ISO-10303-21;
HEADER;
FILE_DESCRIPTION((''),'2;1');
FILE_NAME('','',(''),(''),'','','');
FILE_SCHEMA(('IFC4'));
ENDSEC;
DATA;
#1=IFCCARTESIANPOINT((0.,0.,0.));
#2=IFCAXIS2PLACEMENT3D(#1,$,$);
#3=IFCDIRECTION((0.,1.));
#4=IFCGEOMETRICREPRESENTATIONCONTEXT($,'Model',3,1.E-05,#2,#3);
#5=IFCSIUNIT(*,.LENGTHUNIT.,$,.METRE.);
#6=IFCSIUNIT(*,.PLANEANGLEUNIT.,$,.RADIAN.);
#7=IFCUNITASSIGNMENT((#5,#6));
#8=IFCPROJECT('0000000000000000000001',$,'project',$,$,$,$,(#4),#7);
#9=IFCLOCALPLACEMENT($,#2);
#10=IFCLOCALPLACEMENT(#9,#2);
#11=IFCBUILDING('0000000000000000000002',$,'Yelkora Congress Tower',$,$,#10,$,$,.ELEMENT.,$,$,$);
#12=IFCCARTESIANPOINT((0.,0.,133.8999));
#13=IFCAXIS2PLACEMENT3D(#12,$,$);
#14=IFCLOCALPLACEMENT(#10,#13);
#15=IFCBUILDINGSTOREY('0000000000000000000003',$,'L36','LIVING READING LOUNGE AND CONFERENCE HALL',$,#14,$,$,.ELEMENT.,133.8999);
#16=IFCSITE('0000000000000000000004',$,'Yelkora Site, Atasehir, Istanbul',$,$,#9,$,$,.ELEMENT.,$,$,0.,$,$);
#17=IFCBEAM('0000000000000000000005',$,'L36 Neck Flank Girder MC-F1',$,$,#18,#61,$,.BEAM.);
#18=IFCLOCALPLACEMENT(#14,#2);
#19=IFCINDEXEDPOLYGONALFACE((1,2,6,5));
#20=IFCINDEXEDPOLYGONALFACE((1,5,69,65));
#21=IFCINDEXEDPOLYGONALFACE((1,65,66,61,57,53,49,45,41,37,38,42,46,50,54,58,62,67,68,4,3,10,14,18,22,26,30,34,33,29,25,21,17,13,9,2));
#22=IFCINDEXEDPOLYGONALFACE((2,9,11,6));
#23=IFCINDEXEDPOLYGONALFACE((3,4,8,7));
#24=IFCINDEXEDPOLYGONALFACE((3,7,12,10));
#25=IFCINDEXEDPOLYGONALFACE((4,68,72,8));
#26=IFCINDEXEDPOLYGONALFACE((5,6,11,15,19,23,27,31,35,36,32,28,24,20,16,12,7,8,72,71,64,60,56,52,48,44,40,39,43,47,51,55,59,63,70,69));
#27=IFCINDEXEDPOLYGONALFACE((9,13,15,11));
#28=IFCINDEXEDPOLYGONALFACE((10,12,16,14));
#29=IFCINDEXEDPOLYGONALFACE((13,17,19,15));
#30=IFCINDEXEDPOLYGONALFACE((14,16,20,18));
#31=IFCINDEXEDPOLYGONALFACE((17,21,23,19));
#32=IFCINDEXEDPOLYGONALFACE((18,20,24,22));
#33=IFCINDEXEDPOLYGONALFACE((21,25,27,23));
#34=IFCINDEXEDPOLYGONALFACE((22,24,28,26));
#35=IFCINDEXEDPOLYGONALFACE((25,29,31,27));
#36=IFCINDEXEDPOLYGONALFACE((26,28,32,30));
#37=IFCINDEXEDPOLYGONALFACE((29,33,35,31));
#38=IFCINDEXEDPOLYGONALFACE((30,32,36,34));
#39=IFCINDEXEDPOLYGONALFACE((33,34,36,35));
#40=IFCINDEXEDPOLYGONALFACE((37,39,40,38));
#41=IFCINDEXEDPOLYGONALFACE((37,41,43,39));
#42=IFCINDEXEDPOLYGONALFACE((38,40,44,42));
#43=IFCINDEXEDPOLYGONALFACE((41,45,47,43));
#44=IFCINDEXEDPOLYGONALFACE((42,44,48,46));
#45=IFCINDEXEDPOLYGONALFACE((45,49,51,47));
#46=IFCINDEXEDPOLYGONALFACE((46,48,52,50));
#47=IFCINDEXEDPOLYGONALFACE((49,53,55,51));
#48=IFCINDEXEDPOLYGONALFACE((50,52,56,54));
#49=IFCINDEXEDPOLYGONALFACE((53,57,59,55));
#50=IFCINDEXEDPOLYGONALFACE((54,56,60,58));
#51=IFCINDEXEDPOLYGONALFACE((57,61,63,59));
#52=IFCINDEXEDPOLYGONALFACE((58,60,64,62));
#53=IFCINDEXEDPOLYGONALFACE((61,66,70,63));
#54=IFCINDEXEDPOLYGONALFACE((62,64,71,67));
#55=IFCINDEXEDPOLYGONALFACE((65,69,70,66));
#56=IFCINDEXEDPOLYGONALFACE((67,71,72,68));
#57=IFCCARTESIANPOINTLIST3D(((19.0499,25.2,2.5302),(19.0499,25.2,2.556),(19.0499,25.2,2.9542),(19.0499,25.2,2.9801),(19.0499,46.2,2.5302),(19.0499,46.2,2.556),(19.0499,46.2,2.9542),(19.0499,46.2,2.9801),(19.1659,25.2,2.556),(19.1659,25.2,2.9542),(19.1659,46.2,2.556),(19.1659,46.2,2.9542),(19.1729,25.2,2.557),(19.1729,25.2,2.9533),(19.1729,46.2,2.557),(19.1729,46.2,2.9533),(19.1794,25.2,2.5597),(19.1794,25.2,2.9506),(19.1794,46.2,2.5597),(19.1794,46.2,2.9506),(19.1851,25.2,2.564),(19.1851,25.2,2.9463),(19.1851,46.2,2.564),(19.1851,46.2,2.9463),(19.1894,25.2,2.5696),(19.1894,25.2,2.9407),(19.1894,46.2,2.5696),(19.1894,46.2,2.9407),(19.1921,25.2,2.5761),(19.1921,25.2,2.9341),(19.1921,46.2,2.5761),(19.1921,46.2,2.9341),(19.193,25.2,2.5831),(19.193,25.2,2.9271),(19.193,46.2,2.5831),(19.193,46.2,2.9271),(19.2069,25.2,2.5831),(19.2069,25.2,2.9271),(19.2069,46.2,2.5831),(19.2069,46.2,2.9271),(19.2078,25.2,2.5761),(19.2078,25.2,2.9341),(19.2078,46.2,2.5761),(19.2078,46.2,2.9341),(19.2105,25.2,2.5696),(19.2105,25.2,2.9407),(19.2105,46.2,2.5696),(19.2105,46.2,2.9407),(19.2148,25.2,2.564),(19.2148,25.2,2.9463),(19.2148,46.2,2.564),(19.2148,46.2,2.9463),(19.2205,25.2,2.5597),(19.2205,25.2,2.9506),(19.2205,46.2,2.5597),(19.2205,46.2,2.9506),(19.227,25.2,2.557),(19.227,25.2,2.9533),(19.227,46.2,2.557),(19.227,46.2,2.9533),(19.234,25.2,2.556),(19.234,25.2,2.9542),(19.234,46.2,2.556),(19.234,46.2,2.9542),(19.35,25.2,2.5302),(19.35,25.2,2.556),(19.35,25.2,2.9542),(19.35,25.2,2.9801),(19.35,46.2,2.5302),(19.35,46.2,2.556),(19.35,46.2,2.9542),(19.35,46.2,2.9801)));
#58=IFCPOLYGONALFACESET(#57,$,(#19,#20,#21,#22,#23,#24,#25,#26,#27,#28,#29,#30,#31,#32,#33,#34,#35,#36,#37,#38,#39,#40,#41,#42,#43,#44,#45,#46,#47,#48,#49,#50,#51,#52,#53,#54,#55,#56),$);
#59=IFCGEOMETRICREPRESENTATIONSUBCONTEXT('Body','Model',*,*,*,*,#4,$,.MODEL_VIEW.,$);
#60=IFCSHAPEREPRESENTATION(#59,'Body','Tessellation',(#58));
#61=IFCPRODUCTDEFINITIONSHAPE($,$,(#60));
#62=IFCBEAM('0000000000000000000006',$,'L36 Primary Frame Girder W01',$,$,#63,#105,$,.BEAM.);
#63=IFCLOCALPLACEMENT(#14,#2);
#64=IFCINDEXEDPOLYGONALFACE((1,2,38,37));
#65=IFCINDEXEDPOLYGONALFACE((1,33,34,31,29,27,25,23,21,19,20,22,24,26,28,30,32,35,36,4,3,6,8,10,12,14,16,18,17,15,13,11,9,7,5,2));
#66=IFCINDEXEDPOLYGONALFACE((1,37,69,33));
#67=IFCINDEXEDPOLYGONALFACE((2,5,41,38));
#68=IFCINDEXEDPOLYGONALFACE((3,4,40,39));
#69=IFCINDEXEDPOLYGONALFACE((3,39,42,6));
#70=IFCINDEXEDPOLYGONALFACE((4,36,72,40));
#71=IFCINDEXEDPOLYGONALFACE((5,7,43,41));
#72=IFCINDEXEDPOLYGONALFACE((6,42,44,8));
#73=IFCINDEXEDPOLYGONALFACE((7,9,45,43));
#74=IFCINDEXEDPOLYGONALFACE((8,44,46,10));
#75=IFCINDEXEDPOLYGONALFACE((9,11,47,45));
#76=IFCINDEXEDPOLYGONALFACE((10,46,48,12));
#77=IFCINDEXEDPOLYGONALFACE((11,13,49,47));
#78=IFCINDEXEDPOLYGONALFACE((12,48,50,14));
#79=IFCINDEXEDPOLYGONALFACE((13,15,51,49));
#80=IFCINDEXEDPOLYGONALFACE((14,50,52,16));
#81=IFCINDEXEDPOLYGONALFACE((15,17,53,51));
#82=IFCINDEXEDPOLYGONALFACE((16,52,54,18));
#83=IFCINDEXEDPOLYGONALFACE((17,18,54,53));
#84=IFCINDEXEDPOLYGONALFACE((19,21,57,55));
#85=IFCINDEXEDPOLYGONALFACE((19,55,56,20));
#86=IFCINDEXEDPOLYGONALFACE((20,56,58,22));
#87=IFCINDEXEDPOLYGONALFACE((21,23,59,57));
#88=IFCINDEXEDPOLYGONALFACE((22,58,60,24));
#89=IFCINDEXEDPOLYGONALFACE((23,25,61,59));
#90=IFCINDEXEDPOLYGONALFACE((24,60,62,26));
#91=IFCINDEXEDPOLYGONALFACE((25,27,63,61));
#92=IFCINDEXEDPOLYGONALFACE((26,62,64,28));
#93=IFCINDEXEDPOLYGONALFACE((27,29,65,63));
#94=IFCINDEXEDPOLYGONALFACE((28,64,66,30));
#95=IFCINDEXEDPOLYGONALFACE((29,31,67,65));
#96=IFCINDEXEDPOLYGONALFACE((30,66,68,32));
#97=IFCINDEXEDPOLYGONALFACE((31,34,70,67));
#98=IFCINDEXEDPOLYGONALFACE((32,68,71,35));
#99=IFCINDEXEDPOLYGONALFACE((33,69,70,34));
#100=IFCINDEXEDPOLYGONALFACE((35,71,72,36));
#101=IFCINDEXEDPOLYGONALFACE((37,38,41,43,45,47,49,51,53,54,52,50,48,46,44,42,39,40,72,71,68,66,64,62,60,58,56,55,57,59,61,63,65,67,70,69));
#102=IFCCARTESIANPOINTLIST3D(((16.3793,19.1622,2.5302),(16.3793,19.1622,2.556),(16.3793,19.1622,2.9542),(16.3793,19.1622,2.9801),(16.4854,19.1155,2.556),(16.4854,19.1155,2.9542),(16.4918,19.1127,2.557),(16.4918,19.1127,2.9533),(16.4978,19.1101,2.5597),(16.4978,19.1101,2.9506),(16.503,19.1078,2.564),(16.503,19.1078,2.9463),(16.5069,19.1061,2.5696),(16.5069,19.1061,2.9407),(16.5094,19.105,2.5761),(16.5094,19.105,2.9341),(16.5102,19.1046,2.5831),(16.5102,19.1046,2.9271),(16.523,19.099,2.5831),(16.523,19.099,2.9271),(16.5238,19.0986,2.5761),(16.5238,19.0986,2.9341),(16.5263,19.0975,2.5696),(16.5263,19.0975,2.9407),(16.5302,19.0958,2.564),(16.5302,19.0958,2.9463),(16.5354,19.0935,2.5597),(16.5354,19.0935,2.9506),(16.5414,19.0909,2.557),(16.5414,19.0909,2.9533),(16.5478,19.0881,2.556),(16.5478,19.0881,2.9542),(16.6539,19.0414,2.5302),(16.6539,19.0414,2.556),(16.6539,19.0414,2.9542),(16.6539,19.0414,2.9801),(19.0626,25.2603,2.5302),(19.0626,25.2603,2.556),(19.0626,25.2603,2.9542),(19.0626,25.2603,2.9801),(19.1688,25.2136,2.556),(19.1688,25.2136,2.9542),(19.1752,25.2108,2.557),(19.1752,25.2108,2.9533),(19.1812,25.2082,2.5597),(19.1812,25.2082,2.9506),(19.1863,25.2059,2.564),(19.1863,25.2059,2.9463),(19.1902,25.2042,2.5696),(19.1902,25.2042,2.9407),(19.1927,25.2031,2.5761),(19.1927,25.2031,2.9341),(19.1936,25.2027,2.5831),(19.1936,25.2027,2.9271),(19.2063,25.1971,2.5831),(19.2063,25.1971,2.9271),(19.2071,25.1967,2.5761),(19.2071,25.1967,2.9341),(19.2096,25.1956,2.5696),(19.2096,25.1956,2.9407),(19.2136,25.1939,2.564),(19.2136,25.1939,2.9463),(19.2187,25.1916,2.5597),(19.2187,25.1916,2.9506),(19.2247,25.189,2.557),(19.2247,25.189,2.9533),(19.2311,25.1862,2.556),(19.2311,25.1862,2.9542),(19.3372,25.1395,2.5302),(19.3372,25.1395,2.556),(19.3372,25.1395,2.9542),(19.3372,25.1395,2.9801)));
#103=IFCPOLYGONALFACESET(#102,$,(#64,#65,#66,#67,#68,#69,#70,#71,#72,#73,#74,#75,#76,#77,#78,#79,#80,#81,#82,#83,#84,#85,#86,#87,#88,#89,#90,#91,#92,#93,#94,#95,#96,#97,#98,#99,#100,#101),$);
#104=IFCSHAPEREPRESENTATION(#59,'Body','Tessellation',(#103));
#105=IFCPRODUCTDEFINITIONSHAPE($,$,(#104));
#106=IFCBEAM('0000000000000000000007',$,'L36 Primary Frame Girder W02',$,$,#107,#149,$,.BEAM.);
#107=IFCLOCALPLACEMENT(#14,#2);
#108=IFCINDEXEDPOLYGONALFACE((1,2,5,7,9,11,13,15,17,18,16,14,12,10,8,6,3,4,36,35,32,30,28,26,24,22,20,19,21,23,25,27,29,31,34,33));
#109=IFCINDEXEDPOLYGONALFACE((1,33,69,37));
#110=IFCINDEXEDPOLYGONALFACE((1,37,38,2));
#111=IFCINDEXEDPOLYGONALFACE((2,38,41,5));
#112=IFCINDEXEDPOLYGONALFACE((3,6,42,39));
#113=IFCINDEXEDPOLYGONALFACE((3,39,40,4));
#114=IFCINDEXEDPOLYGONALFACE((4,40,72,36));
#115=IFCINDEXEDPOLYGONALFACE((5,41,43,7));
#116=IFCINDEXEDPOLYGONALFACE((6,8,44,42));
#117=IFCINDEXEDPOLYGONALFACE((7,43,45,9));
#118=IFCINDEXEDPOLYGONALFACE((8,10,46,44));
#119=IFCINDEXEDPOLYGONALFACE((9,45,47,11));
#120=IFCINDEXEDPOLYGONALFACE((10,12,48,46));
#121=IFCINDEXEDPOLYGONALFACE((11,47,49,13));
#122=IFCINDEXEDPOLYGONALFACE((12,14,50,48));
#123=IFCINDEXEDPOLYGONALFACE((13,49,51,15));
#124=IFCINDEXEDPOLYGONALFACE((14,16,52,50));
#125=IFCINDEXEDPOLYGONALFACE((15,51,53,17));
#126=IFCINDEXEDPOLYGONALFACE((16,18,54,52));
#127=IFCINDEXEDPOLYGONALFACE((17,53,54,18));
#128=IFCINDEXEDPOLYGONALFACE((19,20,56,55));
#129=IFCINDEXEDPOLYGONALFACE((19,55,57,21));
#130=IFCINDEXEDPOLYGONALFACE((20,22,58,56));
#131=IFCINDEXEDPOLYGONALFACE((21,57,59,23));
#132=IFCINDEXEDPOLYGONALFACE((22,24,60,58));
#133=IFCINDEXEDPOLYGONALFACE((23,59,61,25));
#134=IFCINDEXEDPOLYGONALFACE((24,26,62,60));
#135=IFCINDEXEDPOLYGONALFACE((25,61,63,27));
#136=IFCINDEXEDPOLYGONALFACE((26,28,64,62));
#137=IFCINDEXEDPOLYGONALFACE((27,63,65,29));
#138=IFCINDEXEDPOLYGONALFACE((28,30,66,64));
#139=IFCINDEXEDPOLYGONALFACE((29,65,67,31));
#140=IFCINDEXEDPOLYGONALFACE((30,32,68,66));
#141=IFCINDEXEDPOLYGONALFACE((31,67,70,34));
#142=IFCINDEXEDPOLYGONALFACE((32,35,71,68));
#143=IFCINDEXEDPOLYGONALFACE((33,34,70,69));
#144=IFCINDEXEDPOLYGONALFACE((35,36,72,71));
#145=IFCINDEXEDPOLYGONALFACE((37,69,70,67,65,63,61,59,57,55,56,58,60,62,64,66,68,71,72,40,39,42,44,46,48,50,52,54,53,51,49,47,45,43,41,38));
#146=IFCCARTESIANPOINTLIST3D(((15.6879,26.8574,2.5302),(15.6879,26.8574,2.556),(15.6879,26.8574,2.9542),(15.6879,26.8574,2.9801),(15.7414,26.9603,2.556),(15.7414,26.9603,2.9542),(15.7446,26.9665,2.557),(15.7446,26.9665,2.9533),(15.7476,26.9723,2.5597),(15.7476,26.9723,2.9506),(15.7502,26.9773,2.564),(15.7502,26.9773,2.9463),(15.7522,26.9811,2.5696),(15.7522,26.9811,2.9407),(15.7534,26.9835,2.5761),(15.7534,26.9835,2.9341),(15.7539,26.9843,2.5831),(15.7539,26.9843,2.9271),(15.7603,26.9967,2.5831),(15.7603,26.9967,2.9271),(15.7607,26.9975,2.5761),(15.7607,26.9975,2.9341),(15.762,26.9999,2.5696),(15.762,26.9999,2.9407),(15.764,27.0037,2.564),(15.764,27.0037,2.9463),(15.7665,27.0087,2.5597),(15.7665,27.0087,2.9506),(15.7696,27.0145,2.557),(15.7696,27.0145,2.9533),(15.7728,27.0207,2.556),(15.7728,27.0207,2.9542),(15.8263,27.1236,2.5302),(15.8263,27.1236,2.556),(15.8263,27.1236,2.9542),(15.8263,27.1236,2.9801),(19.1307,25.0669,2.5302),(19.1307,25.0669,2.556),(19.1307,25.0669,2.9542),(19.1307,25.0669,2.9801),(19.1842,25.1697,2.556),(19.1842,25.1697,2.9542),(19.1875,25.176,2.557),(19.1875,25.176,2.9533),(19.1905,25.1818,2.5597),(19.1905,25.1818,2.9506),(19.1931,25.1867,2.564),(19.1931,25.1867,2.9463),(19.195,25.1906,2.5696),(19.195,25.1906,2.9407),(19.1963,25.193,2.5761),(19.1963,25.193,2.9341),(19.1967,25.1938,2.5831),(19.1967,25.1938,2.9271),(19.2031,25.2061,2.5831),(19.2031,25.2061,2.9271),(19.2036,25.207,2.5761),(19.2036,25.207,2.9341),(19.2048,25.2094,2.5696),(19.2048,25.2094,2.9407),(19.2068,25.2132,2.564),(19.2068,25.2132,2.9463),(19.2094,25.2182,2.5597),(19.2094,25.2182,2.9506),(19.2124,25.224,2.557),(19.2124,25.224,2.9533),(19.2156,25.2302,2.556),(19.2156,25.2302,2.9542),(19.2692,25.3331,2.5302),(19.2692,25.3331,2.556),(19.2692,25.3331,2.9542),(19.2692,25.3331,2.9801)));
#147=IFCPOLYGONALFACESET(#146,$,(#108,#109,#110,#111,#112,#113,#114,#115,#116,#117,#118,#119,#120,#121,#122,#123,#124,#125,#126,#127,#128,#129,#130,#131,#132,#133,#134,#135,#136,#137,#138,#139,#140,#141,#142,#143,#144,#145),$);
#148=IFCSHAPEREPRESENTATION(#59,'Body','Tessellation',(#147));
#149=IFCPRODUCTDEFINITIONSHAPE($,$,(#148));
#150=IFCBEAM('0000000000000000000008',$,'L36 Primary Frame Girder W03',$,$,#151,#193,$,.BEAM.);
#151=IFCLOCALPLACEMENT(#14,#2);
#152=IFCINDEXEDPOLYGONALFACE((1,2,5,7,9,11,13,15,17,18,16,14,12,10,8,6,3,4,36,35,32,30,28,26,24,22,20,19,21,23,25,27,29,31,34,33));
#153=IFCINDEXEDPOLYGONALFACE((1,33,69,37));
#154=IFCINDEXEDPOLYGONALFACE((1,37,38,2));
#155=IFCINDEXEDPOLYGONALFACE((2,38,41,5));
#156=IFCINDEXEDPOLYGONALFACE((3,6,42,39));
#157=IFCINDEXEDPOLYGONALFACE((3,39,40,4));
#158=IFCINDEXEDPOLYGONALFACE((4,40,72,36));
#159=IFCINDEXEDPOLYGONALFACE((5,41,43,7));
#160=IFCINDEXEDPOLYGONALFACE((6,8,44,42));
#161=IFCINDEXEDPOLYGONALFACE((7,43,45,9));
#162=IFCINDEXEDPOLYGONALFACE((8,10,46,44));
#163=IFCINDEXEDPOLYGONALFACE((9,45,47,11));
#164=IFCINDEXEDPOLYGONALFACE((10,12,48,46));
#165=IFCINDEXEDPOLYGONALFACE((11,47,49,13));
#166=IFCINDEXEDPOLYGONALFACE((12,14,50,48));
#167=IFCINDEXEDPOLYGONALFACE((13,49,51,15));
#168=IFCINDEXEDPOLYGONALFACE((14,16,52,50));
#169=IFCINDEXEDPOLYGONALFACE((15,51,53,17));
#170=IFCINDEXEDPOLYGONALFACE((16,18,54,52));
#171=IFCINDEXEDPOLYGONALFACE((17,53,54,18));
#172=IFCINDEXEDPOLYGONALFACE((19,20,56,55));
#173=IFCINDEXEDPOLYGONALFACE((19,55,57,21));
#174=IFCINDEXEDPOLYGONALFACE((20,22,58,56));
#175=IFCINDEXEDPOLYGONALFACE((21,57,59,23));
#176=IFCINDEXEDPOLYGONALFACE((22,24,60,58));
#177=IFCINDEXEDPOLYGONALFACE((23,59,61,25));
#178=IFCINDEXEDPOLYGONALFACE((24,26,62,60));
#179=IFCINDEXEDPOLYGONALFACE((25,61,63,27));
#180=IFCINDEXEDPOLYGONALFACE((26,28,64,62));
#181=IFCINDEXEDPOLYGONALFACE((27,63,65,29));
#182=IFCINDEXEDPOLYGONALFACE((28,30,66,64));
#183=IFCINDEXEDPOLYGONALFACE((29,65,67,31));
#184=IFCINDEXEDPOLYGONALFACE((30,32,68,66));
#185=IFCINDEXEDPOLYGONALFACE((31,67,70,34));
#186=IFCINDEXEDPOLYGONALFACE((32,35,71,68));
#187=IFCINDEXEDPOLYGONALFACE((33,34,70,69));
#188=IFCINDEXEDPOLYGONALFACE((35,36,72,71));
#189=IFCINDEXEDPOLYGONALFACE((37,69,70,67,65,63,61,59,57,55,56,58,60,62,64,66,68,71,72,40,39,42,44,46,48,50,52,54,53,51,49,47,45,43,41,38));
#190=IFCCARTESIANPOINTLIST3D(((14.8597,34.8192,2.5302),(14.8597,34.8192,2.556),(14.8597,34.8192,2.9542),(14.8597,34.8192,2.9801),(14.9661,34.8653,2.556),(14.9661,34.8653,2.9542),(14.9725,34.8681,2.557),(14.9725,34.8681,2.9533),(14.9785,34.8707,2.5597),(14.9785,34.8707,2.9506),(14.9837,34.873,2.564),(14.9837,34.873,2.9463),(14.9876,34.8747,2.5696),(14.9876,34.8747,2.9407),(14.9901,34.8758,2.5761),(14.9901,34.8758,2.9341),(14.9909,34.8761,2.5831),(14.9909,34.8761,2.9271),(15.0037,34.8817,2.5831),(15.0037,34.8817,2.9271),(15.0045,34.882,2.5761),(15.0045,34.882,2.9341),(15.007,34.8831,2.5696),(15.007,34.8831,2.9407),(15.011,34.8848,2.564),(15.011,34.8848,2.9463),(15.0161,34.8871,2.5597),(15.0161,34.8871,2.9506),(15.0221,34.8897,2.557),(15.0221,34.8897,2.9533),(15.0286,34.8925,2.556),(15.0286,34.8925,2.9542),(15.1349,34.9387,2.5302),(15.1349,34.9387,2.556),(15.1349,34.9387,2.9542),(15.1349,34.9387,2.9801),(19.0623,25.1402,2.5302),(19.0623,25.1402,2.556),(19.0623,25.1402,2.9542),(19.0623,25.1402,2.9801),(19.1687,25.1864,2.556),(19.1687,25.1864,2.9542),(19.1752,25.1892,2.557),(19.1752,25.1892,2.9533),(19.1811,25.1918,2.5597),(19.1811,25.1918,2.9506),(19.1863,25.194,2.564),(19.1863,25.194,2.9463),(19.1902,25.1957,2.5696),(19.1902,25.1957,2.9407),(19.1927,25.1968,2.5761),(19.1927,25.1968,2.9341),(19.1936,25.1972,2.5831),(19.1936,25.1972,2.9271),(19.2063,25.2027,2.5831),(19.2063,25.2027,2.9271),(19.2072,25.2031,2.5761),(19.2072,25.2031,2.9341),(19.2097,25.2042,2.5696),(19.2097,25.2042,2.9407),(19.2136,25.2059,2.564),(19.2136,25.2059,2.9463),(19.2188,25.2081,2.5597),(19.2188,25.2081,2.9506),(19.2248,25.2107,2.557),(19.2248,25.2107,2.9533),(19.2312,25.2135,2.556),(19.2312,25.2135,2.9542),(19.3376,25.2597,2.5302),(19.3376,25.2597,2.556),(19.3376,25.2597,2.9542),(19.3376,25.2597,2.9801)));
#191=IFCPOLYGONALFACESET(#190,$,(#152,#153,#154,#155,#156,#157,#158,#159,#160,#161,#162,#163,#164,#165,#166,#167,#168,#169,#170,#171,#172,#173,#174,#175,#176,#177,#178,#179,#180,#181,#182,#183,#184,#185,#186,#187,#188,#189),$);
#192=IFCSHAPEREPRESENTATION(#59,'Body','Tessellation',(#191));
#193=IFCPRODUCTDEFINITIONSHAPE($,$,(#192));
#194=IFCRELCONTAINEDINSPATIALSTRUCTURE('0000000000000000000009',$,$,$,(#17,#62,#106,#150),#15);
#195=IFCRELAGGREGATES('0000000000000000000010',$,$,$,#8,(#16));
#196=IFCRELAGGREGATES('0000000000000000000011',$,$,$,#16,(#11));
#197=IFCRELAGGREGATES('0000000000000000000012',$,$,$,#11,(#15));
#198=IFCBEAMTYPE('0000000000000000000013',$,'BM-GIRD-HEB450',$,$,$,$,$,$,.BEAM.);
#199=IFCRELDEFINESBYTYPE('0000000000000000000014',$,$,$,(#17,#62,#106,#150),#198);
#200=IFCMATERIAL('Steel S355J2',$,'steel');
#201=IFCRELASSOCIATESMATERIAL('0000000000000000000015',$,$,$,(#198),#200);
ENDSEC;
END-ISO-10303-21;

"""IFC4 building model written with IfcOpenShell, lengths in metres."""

from ifc_helpers import new_model, si_unit, direction, frame, origin, origin_2d, place, context, subcontext, project, spatial, i_section, extrude, material, material_profile, profile_set, type_object, element, save


model = new_model("IFC4")

# Units and contexts
model_context = context("Model", 3, precision=1e-05, world=origin(), true_north=direction((0.0, 1.0)))
body_context = subcontext(model_context, "Body", "Model", "MODEL_VIEW")
ifc_project = project(units=[si_unit("LENGTHUNIT", "METRE"), si_unit("PLANEANGLEUNIT", "RADIAN")], contexts=[model_context])

# Site, building, storey
site_placement = place(None, origin())
site = spatial("IfcSite", under=ifc_project, at=site_placement, Name="Yelkora Site, Atasehir, Istanbul", CompositionType="ELEMENT", RefElevation=0.0)
building_placement = place(site_placement, origin())
building = spatial("IfcBuilding", under=site, at=building_placement, Name="Yelkora Congress Tower", CompositionType="ELEMENT")
storey_placement = place(building_placement, frame((0.0, 0.0, 133.8999)))
storey = spatial("IfcBuildingStorey", under=building, at=storey_placement, Name="L36", Description="LIVING READING LOUNGE AND CONFERENCE HALL", CompositionType="ELEMENT", Elevation=133.8999)

# Beams
ifc_material_1 = material(Name="Steel S355J2", Category="steel")
ifc_material_profile_1 = material_profile(ifc_material_1, i_section(OverallWidth=0.3, OverallDepth=0.45, WebThickness=0.0139, FlangeThickness=0.0259, FilletRadius=0.0271, at=origin_2d()), Name="HEB 450")
ifc_profile_set_1 = profile_set([ifc_material_profile_1], Name="Steel S355J2")
beam_type_1 = type_object("IfcBeamType", Name="BM-GIRD-HEB450", PredefinedType="BEAM", material=ifc_profile_set_1)
beam_1_placement = place(storey_placement, frame((19.2, 25.2, 2.7551), z_axis=(0.0, 1.0, 0.0), x_axis=(-1.0, 0.0, 0.0)))
element("IfcBeam", 1, at=beam_1_placement, inside=storey, type_object=beam_type_1, Name="L36 Neck Flank Girder MC-F1", PredefinedType="BEAM", context=body_context, shape_type="SweptSolid", body=[
    extrude(i_section(OverallWidth=0.3, OverallDepth=0.45, WebThickness=0.0139, FlangeThickness=0.0259, FilletRadius=0.0271, at=origin_2d()), origin(), (0.0, 0.0, 1.0), 21.0),
])
beam_2_placement = place(storey_placement, frame((16.5166, 19.1018, 2.7551), z_axis=(0.402759, 0.915306, 0.0), x_axis=(-0.915306, 0.402759, 0.0)))
element("IfcBeam", 2, at=beam_2_placement, inside=storey, type_object=beam_type_1, Name="L36 Primary Frame Girder W01", PredefinedType="BEAM", context=body_context, shape_type="SweptSolid", body=[
    extrude(i_section(OverallWidth=0.3, OverallDepth=0.45, WebThickness=0.0139, FlangeThickness=0.0259, FilletRadius=0.0271, at=origin_2d()), origin(), (0.0, 0.0, 1.0), 6.6624),
])
beam_3_placement = place(storey_placement, frame((15.7571, 26.9905, 2.7551), z_axis=(0.887192, -0.4614, 0.0), x_axis=(0.4614, 0.887192, 0.0)))
element("IfcBeam", 3, at=beam_3_placement, inside=storey, type_object=beam_type_1, Name="L36 Primary Frame Girder W02", PredefinedType="BEAM", context=body_context, shape_type="SweptSolid", body=[
    extrude(i_section(OverallWidth=0.3, OverallDepth=0.45, WebThickness=0.0139, FlangeThickness=0.0259, FilletRadius=0.0271, at=origin_2d()), origin(), (0.0, 0.0, 1.0), 3.8806),
])
beam_4_placement = place(storey_placement, frame((14.9973, 34.8789, 2.7551), z_axis=(0.398279, -0.917264, 0.0), x_axis=(0.917264, 0.398279, 0.0)))
element("IfcBeam", 4, at=beam_4_placement, inside=storey, type_object=beam_type_1, Name="L36 Primary Frame Girder W03", PredefinedType="BEAM", context=body_context, shape_type="SweptSolid", body=[
    extrude(i_section(OverallWidth=0.3, OverallDepth=0.45, WebThickness=0.0139, FlangeThickness=0.0259, FilletRadius=0.0271, at=origin_2d()), origin(), (0.0, 0.0, 1.0), 10.552),
])

save(model, "model.ifc")
